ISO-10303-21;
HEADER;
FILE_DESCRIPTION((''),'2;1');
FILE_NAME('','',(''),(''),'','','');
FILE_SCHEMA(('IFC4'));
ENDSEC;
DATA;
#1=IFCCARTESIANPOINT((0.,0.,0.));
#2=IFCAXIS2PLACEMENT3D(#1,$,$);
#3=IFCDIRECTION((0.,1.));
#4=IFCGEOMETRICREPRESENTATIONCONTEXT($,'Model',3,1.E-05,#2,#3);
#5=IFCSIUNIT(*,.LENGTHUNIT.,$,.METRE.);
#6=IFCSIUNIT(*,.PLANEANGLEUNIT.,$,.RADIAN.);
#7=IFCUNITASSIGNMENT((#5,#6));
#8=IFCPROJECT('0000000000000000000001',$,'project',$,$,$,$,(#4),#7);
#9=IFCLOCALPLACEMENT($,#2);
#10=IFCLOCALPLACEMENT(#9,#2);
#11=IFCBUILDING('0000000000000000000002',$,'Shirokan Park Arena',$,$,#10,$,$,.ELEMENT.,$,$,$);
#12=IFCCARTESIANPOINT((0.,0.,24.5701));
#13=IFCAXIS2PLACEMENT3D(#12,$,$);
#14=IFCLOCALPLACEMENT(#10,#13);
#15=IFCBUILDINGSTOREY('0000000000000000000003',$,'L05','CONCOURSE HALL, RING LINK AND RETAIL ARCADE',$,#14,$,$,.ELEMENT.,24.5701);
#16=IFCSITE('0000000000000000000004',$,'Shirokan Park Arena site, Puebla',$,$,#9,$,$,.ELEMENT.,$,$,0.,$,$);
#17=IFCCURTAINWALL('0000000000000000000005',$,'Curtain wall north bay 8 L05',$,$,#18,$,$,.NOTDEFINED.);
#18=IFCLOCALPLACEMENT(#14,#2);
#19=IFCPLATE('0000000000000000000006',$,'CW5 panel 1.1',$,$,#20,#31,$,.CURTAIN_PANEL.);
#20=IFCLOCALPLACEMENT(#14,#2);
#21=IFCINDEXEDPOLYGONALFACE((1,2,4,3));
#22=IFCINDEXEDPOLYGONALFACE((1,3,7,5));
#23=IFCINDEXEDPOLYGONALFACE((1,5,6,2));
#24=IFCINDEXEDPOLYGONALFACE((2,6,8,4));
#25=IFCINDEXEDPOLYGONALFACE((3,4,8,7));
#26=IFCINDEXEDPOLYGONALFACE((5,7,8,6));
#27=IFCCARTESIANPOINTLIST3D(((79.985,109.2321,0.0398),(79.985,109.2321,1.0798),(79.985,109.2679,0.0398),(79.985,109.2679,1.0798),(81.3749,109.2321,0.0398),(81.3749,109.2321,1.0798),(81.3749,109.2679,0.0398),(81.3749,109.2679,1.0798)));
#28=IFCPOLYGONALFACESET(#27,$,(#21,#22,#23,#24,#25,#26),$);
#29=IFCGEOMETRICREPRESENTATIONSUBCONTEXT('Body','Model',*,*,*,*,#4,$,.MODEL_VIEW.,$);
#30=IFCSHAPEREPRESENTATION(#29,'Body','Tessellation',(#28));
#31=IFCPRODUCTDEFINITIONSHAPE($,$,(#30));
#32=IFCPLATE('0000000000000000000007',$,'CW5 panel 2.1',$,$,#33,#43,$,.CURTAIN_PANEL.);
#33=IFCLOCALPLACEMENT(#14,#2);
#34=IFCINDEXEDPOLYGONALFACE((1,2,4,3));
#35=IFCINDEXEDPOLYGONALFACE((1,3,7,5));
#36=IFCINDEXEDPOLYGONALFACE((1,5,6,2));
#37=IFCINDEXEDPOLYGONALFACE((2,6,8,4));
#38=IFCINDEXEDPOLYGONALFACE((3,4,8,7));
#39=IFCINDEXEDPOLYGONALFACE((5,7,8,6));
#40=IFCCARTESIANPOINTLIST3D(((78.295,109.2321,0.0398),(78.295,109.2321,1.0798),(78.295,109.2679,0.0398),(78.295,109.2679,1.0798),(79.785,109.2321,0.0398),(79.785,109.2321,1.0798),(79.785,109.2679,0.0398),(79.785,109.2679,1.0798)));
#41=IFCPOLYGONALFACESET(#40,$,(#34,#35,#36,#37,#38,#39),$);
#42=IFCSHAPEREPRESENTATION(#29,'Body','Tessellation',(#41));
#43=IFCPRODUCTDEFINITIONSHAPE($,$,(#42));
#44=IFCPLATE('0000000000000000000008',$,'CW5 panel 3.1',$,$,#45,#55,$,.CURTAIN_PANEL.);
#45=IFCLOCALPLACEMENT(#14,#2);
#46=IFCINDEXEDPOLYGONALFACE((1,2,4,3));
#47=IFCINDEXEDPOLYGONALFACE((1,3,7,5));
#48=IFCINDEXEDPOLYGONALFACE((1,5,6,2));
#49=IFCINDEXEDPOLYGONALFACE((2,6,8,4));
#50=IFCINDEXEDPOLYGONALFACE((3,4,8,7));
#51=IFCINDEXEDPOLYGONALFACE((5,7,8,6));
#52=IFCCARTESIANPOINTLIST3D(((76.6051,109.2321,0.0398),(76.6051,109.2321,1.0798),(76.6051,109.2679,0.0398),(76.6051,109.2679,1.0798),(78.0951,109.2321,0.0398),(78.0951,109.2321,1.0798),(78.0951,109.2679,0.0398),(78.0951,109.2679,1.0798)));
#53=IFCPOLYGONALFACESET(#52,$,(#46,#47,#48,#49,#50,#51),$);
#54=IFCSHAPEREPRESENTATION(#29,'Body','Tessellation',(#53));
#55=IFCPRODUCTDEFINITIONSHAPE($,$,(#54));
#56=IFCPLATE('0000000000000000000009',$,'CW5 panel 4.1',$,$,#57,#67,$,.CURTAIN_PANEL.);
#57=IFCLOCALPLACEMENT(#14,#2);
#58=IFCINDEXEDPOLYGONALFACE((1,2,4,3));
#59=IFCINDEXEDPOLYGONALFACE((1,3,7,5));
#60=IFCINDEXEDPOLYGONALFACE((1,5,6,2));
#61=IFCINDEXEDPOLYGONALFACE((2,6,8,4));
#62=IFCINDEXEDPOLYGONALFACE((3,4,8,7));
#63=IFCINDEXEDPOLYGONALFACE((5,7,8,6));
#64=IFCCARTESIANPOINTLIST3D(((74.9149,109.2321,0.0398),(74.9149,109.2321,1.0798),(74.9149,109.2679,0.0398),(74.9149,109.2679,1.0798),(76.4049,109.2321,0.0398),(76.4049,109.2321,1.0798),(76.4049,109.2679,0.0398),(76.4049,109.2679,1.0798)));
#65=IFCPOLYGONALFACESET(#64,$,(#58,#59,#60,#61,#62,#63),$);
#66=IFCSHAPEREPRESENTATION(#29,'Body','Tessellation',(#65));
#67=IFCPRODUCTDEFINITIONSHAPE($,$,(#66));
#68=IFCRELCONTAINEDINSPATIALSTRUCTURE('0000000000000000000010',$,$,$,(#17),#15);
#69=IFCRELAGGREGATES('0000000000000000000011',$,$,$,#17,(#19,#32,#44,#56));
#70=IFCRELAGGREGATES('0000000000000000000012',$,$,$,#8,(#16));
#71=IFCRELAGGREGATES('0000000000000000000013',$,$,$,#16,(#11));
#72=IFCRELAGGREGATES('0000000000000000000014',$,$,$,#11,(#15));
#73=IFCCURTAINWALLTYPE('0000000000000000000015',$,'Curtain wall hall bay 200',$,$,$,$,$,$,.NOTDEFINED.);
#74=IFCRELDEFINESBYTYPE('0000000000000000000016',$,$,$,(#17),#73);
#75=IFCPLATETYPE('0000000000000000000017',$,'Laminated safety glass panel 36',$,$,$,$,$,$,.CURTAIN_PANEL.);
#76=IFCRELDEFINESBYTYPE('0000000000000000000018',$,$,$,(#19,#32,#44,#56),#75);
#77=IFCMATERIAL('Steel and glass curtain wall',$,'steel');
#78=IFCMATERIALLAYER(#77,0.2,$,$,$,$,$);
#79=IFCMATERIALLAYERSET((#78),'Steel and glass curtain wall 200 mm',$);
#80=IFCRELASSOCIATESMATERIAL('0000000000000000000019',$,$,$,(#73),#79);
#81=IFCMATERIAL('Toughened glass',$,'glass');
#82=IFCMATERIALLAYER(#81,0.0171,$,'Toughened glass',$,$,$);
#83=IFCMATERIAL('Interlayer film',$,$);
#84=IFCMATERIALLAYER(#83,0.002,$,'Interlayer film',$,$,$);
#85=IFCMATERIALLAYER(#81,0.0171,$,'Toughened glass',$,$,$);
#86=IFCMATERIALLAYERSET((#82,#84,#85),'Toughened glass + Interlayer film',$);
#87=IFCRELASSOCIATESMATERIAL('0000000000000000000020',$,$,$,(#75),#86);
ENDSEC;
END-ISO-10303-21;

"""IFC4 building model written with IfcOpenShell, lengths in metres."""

from ifc_helpers import new_model, si_unit, direction, frame, origin, origin_2d, place, context, subcontext, project, spatial, rectangle, extrude, material, layer, layer_set, type_object, element, aggregate, save


model = new_model("IFC4")

# Units and contexts
model_context = context("Model", 3, precision=1e-05, world=origin(), true_north=direction((0.0, 1.0)))
body_context = subcontext(model_context, "Body", "Model", "MODEL_VIEW")
ifc_project = project(units=[si_unit("LENGTHUNIT", "METRE"), si_unit("PLANEANGLEUNIT", "RADIAN")], contexts=[model_context])

# Site, building, storey
site_placement = place(None, origin())
site = spatial("IfcSite", under=ifc_project, at=site_placement, Name="Shirokan Park Arena site, Puebla", CompositionType="ELEMENT", RefElevation=0.0)
building_placement = place(site_placement, origin())
building = spatial("IfcBuilding", under=site, at=building_placement, Name="Shirokan Park Arena", CompositionType="ELEMENT")
storey_placement = place(building_placement, frame((0.0, 0.0, 24.5701)))
storey = spatial("IfcBuildingStorey", under=building, at=storey_placement, Name="L05", Description="CONCOURSE HALL, RING LINK AND RETAIL ARCADE", CompositionType="ELEMENT", Elevation=24.5701)

# Curtain wall, plates
ifc_material_1 = material(Name="Steel and glass curtain wall", Category="steel")
ifc_layer_1 = layer(ifc_material_1, 0.2)
ifc_layer_set_1 = layer_set([ifc_layer_1], Name="Steel and glass curtain wall 200 mm")
curtain_wall_type = type_object("IfcCurtainWallType", Name="Curtain wall hall bay 200", PredefinedType="NOTDEFINED", material=ifc_layer_set_1)
curtain_wall_placement = place(storey_placement, origin())
curtain_wall = element("IfcCurtainWall", 1, at=curtain_wall_placement, inside=storey, type_object=curtain_wall_type, Name="Curtain wall north bay 8 L05", PredefinedType="NOTDEFINED")
ifc_material_2 = material(Name="Toughened glass", Category="glass")
ifc_material_3 = material(Name="Interlayer film")
ifc_layer_2 = layer(ifc_material_2, 0.0171, Name="Toughened glass")
ifc_layer_3 = layer(ifc_material_3, 0.002, Name="Interlayer film")
ifc_layer_4 = layer(ifc_material_2, 0.0171, Name="Toughened glass")
ifc_layer_set_2 = layer_set([ifc_layer_2, ifc_layer_3, ifc_layer_4], Name="Toughened glass + Interlayer film")
plate_type_1 = type_object("IfcPlateType", Name="Laminated safety glass panel 36", PredefinedType="CURTAIN_PANEL", material=ifc_layer_set_2)
plate_1_placement = place(storey_placement, frame((80.6799, 109.25, 0.0398), z_axis=(0.0, 0.0, 1.0), x_axis=(-1.0, 0.0, 0.0)))
plate_1 = element("IfcPlate", 2, at=plate_1_placement, type_object=plate_type_1, Name="CW5 panel 1.1", PredefinedType="CURTAIN_PANEL", context=body_context, shape_type="SweptSolid", body=[
    extrude(rectangle(XDim=1.3899, YDim=0.0359, at=origin_2d()), origin(), (0.0, 0.0, 1.0), 1.04),
])
plate_2_placement = place(storey_placement, frame((79.04, 109.25, 0.0398), z_axis=(0.0, 0.0, 1.0), x_axis=(-1.0, 0.0, 0.0)))
plate_2 = element("IfcPlate", 3, at=plate_2_placement, type_object=plate_type_1, Name="CW5 panel 2.1", PredefinedType="CURTAIN_PANEL", context=body_context, shape_type="SweptSolid", body=[
    extrude(rectangle(XDim=1.49, YDim=0.0359, at=origin_2d()), origin(), (0.0, 0.0, 1.0), 1.04),
])
plate_3_placement = place(storey_placement, frame((77.3501, 109.25, 0.0398), z_axis=(0.0, 0.0, 1.0), x_axis=(-1.0, 0.0, 0.0)))
plate_3 = element("IfcPlate", 4, at=plate_3_placement, type_object=plate_type_1, Name="CW5 panel 3.1", PredefinedType="CURTAIN_PANEL", context=body_context, shape_type="SweptSolid", body=[
    extrude(rectangle(XDim=1.49, YDim=0.0359, at=origin_2d()), origin(), (0.0, 0.0, 1.0), 1.04),
])
plate_4_placement = place(storey_placement, frame((75.6599, 109.25, 0.0398), z_axis=(0.0, 0.0, 1.0), x_axis=(-1.0, 0.0, 0.0)))
plate_4 = element("IfcPlate", 5, at=plate_4_placement, type_object=plate_type_1, Name="CW5 panel 4.1", PredefinedType="CURTAIN_PANEL", context=body_context, shape_type="SweptSolid", body=[
    extrude(rectangle(XDim=1.49, YDim=0.0359, at=origin_2d()), origin(), (0.0, 0.0, 1.0), 1.04),
])
aggregate(curtain_wall, [plate_1, plate_2, plate_3, plate_4])

save(model, "model.ifc")
